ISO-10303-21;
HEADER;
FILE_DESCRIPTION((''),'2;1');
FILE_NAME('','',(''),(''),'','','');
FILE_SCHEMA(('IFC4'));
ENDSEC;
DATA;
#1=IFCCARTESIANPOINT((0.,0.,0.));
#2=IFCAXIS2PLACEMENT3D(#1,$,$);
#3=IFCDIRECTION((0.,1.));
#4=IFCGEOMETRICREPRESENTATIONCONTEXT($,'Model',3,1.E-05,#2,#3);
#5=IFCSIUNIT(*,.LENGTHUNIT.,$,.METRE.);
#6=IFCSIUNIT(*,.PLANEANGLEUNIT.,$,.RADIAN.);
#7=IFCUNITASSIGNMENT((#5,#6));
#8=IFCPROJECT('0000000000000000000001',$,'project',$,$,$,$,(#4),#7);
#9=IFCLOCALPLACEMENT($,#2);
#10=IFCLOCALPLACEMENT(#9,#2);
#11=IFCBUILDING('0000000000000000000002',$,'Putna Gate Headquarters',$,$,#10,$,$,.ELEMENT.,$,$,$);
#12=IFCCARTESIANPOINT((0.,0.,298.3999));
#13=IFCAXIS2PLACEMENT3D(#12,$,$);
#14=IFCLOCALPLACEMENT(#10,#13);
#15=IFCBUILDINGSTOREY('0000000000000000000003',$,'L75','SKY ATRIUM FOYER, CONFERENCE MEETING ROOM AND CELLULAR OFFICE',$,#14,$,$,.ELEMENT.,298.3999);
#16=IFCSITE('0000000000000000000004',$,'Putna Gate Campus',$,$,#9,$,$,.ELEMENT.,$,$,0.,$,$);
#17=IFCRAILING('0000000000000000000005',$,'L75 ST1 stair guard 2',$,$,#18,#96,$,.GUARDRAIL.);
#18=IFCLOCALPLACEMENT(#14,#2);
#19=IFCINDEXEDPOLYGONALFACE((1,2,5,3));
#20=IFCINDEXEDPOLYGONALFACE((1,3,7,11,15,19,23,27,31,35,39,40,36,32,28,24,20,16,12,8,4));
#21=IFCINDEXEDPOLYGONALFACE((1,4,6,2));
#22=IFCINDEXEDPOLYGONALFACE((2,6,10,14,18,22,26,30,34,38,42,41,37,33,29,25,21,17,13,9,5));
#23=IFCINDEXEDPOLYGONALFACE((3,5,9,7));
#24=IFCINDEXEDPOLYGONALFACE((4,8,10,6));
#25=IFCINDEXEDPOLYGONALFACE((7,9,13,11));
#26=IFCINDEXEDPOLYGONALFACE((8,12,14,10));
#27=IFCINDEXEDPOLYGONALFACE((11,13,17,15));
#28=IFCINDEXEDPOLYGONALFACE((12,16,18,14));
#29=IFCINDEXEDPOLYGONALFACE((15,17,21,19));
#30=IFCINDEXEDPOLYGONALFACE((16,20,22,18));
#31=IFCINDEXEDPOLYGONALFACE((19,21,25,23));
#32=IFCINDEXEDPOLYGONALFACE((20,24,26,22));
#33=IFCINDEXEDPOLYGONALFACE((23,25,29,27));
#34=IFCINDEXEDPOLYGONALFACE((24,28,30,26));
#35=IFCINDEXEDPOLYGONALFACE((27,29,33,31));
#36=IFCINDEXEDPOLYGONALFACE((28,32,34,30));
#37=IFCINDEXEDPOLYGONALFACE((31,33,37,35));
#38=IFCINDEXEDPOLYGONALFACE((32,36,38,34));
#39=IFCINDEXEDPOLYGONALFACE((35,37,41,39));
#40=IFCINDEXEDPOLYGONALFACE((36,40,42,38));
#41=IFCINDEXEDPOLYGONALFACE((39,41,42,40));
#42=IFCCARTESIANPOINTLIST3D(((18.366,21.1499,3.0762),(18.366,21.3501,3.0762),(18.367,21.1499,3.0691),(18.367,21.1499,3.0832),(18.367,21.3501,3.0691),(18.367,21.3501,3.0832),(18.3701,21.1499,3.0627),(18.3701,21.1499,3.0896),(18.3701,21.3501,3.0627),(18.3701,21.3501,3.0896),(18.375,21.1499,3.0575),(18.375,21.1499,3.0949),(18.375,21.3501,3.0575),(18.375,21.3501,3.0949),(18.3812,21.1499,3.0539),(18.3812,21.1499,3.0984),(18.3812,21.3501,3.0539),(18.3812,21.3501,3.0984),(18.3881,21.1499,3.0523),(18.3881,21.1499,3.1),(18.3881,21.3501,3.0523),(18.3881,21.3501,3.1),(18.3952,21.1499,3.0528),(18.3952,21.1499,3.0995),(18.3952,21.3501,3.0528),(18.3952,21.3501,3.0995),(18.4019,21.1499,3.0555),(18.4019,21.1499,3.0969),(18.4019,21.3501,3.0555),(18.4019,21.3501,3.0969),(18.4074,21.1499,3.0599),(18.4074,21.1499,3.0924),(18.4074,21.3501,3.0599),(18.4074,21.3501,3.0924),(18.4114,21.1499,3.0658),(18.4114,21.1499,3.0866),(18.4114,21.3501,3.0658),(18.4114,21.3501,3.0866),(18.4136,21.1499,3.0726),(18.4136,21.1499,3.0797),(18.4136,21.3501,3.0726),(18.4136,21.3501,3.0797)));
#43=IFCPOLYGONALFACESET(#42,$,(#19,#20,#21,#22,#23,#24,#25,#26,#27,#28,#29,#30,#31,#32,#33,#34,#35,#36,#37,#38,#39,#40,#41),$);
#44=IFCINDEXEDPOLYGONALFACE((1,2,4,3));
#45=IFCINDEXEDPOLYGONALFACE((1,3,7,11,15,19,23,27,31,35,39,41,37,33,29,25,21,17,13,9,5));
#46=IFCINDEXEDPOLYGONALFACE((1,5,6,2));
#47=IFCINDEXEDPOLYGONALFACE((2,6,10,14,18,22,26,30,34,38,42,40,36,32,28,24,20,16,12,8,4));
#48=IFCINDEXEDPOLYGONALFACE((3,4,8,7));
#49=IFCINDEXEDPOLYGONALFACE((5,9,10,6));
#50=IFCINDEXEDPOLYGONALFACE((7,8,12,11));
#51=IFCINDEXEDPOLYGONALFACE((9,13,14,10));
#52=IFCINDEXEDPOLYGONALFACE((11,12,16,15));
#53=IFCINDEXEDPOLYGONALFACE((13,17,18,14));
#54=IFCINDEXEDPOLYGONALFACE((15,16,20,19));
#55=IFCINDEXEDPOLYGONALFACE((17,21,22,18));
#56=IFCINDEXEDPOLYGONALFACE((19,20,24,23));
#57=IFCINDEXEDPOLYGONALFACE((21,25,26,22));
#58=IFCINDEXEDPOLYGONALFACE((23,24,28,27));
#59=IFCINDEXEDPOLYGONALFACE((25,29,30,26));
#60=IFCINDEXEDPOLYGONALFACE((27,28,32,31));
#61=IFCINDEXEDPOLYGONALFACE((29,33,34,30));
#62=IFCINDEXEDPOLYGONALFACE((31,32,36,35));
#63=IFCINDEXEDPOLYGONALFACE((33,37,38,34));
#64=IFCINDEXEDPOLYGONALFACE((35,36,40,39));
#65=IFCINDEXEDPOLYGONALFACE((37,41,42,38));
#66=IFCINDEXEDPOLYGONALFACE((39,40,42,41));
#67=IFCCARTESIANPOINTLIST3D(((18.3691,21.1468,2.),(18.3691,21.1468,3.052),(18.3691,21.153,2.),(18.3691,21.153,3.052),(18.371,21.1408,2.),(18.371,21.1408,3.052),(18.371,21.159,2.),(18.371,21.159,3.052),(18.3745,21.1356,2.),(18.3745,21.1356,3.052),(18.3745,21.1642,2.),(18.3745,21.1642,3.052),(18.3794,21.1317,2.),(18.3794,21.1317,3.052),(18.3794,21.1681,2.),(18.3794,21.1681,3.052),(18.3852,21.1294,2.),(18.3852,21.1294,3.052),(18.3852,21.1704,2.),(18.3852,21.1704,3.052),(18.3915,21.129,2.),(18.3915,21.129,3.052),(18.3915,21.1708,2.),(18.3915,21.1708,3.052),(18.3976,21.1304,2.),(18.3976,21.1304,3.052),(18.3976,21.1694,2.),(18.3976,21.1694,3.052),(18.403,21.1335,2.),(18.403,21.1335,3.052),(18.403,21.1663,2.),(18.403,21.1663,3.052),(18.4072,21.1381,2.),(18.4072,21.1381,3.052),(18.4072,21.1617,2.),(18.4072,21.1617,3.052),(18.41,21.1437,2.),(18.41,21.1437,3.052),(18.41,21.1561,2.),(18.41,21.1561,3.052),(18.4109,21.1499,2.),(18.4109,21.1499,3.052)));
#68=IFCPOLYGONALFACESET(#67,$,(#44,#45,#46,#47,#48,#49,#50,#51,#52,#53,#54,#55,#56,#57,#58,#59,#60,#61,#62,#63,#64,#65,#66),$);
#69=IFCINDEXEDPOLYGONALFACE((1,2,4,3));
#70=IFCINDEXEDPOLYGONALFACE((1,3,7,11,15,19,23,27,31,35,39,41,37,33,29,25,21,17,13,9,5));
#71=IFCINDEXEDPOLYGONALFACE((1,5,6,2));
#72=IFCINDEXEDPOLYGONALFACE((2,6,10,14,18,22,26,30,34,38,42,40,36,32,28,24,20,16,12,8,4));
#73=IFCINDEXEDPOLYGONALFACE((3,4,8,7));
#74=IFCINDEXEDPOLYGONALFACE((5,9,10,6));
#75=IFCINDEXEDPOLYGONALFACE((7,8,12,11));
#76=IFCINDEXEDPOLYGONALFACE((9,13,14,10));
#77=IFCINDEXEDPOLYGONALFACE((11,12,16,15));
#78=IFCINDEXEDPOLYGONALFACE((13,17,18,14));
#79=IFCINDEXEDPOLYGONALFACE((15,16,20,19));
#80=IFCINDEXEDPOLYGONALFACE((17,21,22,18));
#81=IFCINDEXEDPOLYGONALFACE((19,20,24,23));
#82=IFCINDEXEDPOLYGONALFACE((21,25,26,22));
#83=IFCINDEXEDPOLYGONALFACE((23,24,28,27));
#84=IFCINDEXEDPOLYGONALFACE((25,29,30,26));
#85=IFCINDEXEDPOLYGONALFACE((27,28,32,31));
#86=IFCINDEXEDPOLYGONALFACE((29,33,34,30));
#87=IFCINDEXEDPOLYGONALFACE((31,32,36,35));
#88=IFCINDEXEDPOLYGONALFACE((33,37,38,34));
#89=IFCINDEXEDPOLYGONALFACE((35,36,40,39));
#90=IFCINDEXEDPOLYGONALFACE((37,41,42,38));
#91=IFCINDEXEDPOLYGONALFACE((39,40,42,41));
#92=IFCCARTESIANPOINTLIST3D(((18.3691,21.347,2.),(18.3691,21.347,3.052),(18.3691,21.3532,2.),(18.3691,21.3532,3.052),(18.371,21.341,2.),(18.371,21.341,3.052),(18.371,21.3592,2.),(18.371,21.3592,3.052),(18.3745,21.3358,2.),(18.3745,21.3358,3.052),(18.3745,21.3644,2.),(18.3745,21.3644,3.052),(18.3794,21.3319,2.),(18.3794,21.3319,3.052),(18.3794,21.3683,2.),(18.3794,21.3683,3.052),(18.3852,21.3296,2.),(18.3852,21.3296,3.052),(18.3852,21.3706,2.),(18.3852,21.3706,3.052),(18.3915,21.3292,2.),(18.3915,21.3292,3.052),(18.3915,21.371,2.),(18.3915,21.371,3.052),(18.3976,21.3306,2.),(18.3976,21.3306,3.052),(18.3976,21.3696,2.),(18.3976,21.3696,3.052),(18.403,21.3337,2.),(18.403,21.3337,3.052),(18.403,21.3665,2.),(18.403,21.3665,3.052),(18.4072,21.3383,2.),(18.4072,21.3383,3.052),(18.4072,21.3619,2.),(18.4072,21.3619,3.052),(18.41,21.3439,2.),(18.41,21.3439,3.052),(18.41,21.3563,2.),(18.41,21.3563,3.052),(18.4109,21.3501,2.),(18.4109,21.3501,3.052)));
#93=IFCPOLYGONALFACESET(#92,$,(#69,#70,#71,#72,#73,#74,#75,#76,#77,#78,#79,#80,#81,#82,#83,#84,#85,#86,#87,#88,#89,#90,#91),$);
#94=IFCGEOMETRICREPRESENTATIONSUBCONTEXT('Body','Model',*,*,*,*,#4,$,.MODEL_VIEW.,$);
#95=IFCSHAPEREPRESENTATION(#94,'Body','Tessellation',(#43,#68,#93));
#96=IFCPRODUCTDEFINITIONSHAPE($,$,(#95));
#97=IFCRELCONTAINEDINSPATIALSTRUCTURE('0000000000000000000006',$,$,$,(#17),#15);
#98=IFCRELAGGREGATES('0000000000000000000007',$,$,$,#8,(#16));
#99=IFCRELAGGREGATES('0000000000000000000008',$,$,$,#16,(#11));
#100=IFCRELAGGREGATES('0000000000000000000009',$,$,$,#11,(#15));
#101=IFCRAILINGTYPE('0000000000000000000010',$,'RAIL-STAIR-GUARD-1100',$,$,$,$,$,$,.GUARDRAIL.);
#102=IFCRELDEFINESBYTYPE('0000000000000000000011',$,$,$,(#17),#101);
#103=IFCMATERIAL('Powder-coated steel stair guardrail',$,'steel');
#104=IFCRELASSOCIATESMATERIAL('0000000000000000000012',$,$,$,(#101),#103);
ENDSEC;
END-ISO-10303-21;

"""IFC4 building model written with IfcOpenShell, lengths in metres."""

from ifc_helpers import new_model, si_unit, direction, frame, origin, origin_2d, place, context, subcontext, project, spatial, circle, extrude, material, type_object, element, save


model = new_model("IFC4")

# Units and contexts
model_context = context("Model", 3, precision=1e-05, world=origin(), true_north=direction((0.0, 1.0)))
body_context = subcontext(model_context, "Body", "Model", "MODEL_VIEW")
ifc_project = project(units=[si_unit("LENGTHUNIT", "METRE"), si_unit("PLANEANGLEUNIT", "RADIAN")], contexts=[model_context])

# Site, building, storey
site_placement = place(None, origin())
site = spatial("IfcSite", under=ifc_project, at=site_placement, Name="Putna Gate Campus", CompositionType="ELEMENT", RefElevation=0.0)
building_placement = place(site_placement, origin())
building = spatial("IfcBuilding", under=site, at=building_placement, Name="Putna Gate Headquarters", CompositionType="ELEMENT")
storey_placement = place(building_placement, frame((0.0, 0.0, 298.3999)))
storey = spatial("IfcBuildingStorey", under=building, at=storey_placement, Name="L75", Description="SKY ATRIUM FOYER, CONFERENCE MEETING ROOM AND CELLULAR OFFICE", CompositionType="ELEMENT", Elevation=298.3999)

# Railing
ifc_material_1 = material(Name="Powder-coated steel stair guardrail", Category="steel")
railing_type_1 = type_object("IfcRailingType", Name="RAIL-STAIR-GUARD-1100", PredefinedType="GUARDRAIL", material=ifc_material_1)
railing_1_placement = place(storey_placement, frame((18.3899, 21.1499, 2.0)))
element("IfcRailing", 1, at=railing_1_placement, inside=storey, type_object=railing_type_1, Name="L75 ST1 stair guard 2", PredefinedType="GUARDRAIL", context=body_context, shape_type="SweptSolid", body=[
    extrude(circle(Radius=0.0239, at=origin_2d()), frame((0.0, 0.0, 1.0762), z_axis=(0.0, 1.0, 0.0), x_axis=(-1.0, 0.0, 0.0)), (0.0, 0.0, 1.0), 0.2002),
    extrude(circle(Radius=0.021, at=origin_2d()), origin(), (0.0, 0.0, 1.0), 1.052),
    extrude(circle(Radius=0.021, at=origin_2d()), frame((0.0, 0.2002, 0.0)), (0.0, 0.0, 1.0), 1.052),
])

save(model, "model.ifc")
